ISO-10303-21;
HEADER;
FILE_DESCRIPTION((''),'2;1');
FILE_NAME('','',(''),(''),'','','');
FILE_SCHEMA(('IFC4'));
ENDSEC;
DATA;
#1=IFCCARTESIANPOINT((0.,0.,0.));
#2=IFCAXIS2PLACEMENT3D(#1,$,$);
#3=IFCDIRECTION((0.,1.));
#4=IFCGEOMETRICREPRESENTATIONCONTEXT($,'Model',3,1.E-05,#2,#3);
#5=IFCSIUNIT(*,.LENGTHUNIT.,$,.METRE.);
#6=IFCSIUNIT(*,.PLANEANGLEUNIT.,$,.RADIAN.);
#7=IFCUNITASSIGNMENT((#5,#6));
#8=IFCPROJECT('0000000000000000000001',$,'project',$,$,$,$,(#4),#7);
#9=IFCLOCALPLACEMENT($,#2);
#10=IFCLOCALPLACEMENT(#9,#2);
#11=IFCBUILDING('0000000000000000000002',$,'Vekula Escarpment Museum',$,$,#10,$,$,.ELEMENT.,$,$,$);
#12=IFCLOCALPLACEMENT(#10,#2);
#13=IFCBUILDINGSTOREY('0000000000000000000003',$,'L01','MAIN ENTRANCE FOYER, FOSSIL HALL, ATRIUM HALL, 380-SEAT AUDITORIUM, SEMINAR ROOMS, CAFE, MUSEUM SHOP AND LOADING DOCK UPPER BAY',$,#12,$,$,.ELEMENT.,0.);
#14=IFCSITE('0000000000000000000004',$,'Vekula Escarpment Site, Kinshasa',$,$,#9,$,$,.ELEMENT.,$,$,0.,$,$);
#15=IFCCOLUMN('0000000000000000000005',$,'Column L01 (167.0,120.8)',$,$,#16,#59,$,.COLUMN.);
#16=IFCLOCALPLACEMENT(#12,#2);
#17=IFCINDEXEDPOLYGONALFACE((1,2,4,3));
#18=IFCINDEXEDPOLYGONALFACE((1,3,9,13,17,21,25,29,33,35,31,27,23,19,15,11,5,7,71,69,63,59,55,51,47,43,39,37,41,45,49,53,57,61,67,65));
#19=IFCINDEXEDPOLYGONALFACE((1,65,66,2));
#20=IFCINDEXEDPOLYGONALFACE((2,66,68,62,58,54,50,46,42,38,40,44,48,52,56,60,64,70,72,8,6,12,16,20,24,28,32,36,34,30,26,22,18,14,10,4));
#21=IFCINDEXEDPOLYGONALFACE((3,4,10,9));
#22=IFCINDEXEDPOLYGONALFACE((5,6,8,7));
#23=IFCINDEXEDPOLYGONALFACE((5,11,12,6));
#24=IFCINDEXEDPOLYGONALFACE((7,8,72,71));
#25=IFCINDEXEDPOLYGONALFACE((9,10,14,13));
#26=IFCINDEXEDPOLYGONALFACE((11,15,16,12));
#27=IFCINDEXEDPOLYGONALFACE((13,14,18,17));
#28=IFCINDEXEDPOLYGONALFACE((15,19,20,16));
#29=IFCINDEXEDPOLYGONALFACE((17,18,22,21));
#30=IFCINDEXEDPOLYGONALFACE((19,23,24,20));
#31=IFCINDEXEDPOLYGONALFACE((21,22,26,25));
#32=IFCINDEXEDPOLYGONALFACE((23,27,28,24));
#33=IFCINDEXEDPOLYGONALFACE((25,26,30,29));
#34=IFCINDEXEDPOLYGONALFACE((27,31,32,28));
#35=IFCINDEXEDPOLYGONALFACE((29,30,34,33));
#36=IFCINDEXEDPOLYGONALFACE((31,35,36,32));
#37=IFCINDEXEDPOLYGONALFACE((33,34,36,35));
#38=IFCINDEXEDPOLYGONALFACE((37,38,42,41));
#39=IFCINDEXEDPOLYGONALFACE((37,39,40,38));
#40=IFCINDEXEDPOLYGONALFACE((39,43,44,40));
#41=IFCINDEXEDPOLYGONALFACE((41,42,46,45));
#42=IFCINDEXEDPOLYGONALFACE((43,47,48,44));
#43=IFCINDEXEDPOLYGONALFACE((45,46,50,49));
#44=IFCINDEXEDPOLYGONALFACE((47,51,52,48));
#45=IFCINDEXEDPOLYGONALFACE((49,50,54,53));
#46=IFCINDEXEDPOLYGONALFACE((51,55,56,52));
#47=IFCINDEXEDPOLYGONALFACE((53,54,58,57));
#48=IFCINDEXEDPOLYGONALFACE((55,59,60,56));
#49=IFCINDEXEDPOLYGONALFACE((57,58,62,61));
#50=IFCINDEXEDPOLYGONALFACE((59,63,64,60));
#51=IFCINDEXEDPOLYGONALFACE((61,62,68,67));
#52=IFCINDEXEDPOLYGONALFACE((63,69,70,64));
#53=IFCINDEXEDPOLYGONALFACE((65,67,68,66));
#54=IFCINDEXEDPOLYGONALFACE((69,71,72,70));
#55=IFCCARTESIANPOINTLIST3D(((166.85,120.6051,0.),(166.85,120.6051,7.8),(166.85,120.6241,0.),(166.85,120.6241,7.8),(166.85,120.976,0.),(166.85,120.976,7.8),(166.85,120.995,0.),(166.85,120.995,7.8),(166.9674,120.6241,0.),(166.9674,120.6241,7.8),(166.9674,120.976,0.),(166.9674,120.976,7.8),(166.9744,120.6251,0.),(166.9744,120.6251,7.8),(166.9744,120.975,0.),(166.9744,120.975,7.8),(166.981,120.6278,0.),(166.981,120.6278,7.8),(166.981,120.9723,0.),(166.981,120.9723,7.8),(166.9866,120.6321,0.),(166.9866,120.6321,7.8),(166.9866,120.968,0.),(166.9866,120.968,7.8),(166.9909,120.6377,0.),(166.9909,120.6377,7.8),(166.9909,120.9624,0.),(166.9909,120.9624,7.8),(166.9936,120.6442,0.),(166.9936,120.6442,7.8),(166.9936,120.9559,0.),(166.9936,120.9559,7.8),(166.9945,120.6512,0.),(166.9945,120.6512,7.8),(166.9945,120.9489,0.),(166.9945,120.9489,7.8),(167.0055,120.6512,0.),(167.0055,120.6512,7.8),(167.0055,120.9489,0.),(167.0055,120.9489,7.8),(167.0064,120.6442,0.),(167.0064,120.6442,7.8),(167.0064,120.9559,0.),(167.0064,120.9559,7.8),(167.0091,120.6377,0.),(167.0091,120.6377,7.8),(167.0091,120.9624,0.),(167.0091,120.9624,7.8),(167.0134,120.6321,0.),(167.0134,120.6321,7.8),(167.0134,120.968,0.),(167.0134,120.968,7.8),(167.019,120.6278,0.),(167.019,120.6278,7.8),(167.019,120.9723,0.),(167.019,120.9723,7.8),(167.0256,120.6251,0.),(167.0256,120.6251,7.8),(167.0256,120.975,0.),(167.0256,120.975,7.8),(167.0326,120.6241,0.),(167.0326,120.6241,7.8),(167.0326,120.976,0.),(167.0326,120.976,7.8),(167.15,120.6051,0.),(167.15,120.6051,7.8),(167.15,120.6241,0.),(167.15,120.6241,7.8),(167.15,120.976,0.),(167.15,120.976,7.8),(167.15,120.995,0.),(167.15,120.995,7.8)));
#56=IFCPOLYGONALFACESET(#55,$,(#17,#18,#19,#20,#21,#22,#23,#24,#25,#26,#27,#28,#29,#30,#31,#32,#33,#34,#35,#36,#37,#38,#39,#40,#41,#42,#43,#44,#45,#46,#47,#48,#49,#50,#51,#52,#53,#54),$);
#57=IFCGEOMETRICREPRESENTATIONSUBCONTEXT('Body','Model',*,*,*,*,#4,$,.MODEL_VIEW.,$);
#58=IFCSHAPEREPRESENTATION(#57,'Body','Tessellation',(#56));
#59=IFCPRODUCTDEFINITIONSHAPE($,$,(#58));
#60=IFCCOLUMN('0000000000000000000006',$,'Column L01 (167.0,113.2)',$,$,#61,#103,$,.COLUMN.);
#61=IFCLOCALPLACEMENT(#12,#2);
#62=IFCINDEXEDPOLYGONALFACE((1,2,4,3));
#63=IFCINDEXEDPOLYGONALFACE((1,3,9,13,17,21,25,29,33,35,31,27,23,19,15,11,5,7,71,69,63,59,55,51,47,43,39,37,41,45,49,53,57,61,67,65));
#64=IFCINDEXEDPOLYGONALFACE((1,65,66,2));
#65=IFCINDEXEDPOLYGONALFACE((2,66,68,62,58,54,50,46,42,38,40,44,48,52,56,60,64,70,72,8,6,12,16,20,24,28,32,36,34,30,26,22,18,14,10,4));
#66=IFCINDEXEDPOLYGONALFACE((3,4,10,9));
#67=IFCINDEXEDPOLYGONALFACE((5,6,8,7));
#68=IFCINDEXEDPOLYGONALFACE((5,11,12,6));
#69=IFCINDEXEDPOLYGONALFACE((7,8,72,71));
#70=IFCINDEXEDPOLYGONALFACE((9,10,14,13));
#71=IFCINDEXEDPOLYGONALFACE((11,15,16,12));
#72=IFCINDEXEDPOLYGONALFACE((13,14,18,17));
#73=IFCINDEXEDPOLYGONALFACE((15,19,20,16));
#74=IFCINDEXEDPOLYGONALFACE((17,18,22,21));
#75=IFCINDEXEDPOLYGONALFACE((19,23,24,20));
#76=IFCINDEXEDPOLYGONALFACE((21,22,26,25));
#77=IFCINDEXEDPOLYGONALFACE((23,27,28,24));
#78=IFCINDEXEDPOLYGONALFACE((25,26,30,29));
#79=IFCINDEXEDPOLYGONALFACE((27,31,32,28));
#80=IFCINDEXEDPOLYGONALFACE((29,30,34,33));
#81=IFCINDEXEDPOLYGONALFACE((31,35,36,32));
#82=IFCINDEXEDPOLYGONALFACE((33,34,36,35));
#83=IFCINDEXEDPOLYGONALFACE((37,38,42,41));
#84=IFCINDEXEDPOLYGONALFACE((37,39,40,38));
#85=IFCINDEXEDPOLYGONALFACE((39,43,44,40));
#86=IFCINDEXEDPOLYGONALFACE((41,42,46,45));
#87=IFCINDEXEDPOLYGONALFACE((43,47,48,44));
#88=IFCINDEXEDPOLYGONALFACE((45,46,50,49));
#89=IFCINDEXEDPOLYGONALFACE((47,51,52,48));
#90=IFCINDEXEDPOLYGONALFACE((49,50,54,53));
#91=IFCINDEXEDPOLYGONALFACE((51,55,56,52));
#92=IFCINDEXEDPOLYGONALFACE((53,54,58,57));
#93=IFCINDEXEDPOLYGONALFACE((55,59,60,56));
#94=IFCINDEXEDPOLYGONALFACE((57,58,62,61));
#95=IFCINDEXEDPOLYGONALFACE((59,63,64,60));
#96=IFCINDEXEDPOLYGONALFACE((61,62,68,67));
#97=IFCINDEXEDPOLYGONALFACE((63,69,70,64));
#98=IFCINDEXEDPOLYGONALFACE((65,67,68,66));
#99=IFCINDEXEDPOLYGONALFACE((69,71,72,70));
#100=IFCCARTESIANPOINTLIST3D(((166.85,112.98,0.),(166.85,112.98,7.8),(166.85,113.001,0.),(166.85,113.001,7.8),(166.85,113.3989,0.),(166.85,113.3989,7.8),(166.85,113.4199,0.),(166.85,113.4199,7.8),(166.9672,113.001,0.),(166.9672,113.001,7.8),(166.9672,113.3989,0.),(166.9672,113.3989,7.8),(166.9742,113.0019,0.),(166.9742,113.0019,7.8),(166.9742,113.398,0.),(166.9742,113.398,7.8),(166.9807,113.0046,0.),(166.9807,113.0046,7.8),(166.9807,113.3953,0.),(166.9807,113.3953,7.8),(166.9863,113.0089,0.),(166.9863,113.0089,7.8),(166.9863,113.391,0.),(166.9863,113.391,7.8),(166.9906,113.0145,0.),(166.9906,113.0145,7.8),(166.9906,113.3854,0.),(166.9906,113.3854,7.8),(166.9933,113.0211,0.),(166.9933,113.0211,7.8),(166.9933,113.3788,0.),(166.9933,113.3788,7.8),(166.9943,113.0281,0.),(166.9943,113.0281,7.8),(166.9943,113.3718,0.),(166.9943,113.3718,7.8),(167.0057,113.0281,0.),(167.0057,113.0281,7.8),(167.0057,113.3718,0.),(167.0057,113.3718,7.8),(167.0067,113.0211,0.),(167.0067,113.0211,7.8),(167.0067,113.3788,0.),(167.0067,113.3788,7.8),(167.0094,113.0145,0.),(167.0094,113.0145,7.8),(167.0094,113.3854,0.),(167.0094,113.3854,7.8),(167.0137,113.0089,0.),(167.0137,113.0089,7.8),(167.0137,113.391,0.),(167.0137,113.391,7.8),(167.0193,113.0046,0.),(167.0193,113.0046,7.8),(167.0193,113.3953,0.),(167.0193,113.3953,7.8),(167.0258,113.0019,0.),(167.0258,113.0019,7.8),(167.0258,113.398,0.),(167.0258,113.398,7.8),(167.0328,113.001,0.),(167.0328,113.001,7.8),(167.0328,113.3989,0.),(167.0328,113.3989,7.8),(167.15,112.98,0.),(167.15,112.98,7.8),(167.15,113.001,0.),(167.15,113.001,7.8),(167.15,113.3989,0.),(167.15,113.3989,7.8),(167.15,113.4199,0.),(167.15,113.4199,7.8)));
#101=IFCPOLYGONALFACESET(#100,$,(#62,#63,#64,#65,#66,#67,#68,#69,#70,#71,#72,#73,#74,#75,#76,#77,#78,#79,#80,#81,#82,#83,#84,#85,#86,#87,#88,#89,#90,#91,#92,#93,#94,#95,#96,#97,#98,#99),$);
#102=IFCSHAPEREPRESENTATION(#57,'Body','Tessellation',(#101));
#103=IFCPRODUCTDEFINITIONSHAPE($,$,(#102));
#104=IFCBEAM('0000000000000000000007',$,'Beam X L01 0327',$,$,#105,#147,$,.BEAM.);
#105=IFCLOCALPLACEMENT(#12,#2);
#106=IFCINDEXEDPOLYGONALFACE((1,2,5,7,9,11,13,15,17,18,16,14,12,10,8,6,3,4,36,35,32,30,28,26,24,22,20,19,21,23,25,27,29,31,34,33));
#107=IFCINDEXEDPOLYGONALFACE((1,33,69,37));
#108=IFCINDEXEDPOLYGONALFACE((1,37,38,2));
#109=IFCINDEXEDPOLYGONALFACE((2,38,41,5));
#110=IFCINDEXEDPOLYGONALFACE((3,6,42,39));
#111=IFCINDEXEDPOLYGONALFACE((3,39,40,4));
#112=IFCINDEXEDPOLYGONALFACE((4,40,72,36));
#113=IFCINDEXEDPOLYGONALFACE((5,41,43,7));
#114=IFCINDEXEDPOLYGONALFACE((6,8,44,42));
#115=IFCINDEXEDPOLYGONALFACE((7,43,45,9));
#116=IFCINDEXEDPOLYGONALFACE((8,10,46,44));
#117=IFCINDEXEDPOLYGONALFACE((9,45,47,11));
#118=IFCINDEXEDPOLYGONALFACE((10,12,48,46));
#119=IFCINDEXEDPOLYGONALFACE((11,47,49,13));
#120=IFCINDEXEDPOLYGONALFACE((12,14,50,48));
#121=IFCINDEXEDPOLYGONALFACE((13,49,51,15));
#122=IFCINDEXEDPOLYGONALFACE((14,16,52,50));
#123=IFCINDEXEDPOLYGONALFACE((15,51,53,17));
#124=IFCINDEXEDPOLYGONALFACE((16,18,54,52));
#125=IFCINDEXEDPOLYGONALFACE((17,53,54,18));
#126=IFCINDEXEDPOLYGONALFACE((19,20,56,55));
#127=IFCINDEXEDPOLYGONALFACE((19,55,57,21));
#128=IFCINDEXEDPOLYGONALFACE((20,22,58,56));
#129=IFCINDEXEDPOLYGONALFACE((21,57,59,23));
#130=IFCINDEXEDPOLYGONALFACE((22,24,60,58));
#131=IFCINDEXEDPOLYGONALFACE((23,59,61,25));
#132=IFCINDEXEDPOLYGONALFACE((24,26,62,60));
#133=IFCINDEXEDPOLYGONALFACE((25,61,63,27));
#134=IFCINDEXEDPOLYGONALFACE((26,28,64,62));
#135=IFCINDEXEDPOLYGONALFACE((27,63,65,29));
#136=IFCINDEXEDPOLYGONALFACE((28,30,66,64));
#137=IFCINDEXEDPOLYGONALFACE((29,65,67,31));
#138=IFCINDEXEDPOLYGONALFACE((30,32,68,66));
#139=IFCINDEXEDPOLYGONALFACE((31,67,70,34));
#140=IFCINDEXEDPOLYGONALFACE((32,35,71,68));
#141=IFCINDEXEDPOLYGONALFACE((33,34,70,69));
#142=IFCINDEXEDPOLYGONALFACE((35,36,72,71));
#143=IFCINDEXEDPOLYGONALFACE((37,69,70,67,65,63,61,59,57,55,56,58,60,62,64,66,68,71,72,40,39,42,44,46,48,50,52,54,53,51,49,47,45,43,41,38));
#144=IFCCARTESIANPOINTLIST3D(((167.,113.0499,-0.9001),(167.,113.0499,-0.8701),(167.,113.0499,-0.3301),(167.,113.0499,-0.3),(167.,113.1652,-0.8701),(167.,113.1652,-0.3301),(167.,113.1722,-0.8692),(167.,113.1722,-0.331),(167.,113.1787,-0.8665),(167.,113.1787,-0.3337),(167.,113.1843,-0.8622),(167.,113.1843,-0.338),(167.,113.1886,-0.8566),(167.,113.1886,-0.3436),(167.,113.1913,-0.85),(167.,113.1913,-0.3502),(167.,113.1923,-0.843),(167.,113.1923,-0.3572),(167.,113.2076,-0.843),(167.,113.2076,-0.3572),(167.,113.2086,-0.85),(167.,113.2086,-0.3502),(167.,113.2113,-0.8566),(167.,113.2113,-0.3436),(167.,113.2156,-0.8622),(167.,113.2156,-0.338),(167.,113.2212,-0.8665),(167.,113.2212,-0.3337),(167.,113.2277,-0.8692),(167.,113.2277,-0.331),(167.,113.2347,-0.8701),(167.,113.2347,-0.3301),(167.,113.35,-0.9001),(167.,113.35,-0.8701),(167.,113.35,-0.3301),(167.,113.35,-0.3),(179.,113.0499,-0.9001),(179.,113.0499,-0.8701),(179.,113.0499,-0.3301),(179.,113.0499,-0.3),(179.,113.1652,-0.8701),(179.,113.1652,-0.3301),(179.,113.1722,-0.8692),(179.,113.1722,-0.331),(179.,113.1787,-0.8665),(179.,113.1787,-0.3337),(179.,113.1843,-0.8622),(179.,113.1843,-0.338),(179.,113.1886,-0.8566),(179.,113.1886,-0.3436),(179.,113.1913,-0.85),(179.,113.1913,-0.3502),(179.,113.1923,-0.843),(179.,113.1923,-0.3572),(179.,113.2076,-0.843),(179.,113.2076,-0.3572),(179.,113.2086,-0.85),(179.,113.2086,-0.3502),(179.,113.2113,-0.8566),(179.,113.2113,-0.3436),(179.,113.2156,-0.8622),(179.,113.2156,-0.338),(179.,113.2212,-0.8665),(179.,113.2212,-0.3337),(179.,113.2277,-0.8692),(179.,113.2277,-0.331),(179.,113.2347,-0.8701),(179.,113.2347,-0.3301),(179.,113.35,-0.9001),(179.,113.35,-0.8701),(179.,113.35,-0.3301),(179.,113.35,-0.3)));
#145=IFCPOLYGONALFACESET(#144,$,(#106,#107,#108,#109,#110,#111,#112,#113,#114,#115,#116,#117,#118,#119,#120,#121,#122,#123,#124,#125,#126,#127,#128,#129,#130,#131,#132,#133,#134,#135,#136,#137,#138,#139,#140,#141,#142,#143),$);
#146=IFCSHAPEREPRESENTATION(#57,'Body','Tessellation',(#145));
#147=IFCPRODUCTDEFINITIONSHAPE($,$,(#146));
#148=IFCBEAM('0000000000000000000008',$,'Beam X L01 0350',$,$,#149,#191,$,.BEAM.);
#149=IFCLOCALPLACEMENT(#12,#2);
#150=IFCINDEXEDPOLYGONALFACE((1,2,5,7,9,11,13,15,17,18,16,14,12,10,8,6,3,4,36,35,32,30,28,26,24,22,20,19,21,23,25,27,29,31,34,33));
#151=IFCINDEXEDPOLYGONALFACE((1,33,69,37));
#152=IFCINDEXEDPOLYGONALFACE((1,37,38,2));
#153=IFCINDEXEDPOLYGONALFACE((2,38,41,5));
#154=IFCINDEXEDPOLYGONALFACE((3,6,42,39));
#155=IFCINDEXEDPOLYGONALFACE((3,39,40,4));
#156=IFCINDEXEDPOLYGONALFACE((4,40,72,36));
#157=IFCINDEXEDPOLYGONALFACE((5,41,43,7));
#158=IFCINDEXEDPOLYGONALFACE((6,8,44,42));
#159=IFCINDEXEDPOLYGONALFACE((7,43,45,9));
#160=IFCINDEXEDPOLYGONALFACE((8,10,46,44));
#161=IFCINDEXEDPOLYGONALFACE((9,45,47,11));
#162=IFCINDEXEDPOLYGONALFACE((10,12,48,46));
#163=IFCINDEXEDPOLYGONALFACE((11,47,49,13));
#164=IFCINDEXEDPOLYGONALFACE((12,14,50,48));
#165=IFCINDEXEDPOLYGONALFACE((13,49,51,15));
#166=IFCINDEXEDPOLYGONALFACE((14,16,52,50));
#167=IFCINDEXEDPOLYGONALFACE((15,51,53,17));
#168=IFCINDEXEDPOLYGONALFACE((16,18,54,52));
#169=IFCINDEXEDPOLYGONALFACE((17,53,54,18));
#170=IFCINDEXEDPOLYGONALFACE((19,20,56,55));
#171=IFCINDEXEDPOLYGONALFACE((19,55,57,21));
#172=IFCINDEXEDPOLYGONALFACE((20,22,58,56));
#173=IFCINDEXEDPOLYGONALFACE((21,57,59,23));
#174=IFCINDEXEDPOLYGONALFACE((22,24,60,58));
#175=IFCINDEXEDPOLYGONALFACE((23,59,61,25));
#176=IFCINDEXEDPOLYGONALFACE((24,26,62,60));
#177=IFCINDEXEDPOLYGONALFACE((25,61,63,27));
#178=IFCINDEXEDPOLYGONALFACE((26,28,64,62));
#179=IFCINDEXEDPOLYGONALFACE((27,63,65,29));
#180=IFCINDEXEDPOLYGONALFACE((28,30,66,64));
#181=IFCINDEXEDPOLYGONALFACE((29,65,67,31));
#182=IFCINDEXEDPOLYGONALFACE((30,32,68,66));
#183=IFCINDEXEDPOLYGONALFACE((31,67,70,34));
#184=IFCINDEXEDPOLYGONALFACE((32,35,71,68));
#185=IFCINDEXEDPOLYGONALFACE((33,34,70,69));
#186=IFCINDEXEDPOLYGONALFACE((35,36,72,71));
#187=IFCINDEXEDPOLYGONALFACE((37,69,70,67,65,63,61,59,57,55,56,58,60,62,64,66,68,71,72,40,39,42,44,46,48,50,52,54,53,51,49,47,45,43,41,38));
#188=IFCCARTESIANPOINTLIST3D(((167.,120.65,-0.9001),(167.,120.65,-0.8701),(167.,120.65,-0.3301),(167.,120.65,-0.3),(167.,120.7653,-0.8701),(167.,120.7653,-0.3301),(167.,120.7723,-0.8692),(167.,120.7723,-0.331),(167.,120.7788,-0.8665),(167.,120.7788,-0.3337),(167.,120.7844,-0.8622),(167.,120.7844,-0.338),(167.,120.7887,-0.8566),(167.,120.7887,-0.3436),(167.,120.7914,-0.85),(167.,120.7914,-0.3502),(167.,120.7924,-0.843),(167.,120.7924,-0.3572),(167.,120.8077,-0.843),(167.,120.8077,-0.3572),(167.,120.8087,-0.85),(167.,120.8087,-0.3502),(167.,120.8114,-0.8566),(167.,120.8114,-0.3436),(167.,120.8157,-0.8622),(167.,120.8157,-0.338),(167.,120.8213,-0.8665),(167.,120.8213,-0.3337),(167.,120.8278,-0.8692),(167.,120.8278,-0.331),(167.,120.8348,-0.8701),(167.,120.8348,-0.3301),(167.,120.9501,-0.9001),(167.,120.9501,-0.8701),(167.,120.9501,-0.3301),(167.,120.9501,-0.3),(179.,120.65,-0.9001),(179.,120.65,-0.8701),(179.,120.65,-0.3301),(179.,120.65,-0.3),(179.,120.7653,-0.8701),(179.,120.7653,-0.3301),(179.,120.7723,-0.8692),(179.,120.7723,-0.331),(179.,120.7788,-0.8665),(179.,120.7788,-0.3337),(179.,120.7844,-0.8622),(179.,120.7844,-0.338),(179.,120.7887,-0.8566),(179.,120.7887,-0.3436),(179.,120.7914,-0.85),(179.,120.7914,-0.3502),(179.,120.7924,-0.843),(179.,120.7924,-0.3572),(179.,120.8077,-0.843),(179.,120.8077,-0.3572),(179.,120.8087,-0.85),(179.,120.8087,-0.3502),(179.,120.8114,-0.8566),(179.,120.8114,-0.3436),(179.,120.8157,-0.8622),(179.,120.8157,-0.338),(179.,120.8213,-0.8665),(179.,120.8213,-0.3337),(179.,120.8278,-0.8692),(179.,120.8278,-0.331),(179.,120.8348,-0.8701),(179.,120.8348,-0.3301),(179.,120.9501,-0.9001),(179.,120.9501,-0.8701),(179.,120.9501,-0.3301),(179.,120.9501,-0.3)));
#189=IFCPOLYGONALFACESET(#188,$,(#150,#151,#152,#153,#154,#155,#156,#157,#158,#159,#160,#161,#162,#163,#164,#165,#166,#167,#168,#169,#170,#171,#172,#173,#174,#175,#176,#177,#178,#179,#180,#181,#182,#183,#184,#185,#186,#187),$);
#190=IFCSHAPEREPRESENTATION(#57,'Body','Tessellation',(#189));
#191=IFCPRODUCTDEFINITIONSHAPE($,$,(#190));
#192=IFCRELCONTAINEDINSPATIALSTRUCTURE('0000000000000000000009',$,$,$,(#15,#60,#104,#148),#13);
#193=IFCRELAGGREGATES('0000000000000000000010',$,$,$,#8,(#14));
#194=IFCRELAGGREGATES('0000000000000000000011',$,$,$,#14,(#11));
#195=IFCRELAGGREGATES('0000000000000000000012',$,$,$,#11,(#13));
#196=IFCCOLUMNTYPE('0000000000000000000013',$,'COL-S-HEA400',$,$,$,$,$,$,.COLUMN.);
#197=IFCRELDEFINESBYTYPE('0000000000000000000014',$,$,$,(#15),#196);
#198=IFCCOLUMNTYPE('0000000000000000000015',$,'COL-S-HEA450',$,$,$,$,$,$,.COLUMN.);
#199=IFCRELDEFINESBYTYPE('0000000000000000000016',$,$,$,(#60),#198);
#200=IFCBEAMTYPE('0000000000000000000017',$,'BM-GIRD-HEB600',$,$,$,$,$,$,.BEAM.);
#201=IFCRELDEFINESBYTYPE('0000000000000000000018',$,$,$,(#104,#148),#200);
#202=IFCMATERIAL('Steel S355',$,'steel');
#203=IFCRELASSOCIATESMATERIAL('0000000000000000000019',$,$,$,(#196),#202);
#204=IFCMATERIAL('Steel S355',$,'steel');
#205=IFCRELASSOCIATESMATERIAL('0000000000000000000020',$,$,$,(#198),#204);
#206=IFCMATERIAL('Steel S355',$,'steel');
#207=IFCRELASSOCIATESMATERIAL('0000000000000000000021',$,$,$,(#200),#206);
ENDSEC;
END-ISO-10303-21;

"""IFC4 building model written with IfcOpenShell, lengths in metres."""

from ifc_helpers import new_model, si_unit, direction, frame, origin, origin_2d, place, context, subcontext, project, spatial, i_section, extrude, material, material_profile, profile_set, type_object, element, save


model = new_model("IFC4")

# Units and contexts
model_context = context("Model", 3, precision=1e-05, world=origin(), true_north=direction((0.0, 1.0)))
body_context = subcontext(model_context, "Body", "Model", "MODEL_VIEW")
ifc_project = project(units=[si_unit("LENGTHUNIT", "METRE"), si_unit("PLANEANGLEUNIT", "RADIAN")], contexts=[model_context])

# Site, building, storey
site_placement = place(None, origin())
site = spatial("IfcSite", under=ifc_project, at=site_placement, Name="Vekula Escarpment Site, Kinshasa", CompositionType="ELEMENT", RefElevation=0.0)
building_placement = place(site_placement, origin())
building = spatial("IfcBuilding", under=site, at=building_placement, Name="Vekula Escarpment Museum", CompositionType="ELEMENT")
storey_placement = place(building_placement, origin())
storey = spatial("IfcBuildingStorey", under=building, at=storey_placement, Name="L01", Description="MAIN ENTRANCE FOYER, FOSSIL HALL, ATRIUM HALL, 380-SEAT AUDITORIUM, SEMINAR ROOMS, CAFE, MUSEUM SHOP AND LOADING DOCK UPPER BAY", CompositionType="ELEMENT", Elevation=0.0)

# Columns
ifc_material_1 = material(Name="Steel S355", Category="steel")
ifc_material_profile_1 = material_profile(ifc_material_1, i_section(OverallWidth=0.3, OverallDepth=0.3899, WebThickness=0.011, FlangeThickness=0.019, FilletRadius=0.0271, at=origin_2d()), Name="HEA 400")
ifc_profile_set_1 = profile_set([ifc_material_profile_1], Name="Steel S355")
column_type_1 = type_object("IfcColumnType", Name="COL-S-HEA400", PredefinedType="COLUMN", material=ifc_profile_set_1)
column_1_placement = place(storey_placement, frame((167.0, 120.8, 0.0), z_axis=(0.0, 0.0, 1.0), x_axis=(1.0, 0.0, 0.0)))
element("IfcColumn", 1, at=column_1_placement, inside=storey, type_object=column_type_1, Name="Column L01 (167.0,120.8)", PredefinedType="COLUMN", context=body_context, shape_type="SweptSolid", body=[
    extrude(i_section(OverallWidth=0.3, OverallDepth=0.3899, WebThickness=0.011, FlangeThickness=0.019, FilletRadius=0.0271, at=origin_2d()), origin(), (0.0, 0.0, 1.0), 7.8),
])
ifc_material_2 = material(Name="Steel S355", Category="steel")
ifc_material_profile_2 = material_profile(ifc_material_2, i_section(OverallWidth=0.3, OverallDepth=0.4399, WebThickness=0.0115, FlangeThickness=0.021, FilletRadius=0.0271, at=origin_2d()), Name="HEA 450")
ifc_profile_set_2 = profile_set([ifc_material_profile_2], Name="Steel S355")
column_type_2 = type_object("IfcColumnType", Name="COL-S-HEA450", PredefinedType="COLUMN", material=ifc_profile_set_2)
column_2_placement = place(storey_placement, frame((167.0, 113.2, 0.0), z_axis=(0.0, 0.0, 1.0), x_axis=(1.0, 0.0, 0.0)))
element("IfcColumn", 2, at=column_2_placement, inside=storey, type_object=column_type_2, Name="Column L01 (167.0,113.2)", PredefinedType="COLUMN", context=body_context, shape_type="SweptSolid", body=[
    extrude(i_section(OverallWidth=0.3, OverallDepth=0.4399, WebThickness=0.0115, FlangeThickness=0.021, FilletRadius=0.0271, at=origin_2d()), origin(), (0.0, 0.0, 1.0), 7.8),
])

# Beams
ifc_material_3 = material(Name="Steel S355", Category="steel")
ifc_material_profile_3 = material_profile(ifc_material_3, i_section(OverallWidth=0.3, OverallDepth=0.6001, WebThickness=0.0154, FlangeThickness=0.03, FilletRadius=0.0271, at=origin_2d()), Name="HEB 600")
ifc_profile_set_3 = profile_set([ifc_material_profile_3], Name="Steel S355")
beam_type_1 = type_object("IfcBeamType", Name="BM-GIRD-HEB600", PredefinedType="BEAM", material=ifc_profile_set_3)
for number, where, z_axis, x_axis, name in (
    (3, (167.0, 113.2, -0.6001), (1.0, 0.0, 0.0), (0.0, 1.0, 0.0), "Beam X L01 0327"),
    (4, (167.0, 120.8, -0.6001), (1.0, 0.0, 0.0), (0.0, 1.0, 0.0), "Beam X L01 0350"),
):
    element("IfcBeam", number, at=place(storey_placement, frame(where, z_axis=z_axis, x_axis=x_axis)), inside=storey, type_object=beam_type_1, Name=name, PredefinedType="BEAM", context=body_context, shape_type="SweptSolid", body=[
        extrude(i_section(OverallWidth=0.3, OverallDepth=0.6001, WebThickness=0.0154, FlangeThickness=0.03, FilletRadius=0.0271, at=origin_2d()), origin(), (0.0, 0.0, 1.0), 12.0),
    ])

save(model, "model.ifc")
